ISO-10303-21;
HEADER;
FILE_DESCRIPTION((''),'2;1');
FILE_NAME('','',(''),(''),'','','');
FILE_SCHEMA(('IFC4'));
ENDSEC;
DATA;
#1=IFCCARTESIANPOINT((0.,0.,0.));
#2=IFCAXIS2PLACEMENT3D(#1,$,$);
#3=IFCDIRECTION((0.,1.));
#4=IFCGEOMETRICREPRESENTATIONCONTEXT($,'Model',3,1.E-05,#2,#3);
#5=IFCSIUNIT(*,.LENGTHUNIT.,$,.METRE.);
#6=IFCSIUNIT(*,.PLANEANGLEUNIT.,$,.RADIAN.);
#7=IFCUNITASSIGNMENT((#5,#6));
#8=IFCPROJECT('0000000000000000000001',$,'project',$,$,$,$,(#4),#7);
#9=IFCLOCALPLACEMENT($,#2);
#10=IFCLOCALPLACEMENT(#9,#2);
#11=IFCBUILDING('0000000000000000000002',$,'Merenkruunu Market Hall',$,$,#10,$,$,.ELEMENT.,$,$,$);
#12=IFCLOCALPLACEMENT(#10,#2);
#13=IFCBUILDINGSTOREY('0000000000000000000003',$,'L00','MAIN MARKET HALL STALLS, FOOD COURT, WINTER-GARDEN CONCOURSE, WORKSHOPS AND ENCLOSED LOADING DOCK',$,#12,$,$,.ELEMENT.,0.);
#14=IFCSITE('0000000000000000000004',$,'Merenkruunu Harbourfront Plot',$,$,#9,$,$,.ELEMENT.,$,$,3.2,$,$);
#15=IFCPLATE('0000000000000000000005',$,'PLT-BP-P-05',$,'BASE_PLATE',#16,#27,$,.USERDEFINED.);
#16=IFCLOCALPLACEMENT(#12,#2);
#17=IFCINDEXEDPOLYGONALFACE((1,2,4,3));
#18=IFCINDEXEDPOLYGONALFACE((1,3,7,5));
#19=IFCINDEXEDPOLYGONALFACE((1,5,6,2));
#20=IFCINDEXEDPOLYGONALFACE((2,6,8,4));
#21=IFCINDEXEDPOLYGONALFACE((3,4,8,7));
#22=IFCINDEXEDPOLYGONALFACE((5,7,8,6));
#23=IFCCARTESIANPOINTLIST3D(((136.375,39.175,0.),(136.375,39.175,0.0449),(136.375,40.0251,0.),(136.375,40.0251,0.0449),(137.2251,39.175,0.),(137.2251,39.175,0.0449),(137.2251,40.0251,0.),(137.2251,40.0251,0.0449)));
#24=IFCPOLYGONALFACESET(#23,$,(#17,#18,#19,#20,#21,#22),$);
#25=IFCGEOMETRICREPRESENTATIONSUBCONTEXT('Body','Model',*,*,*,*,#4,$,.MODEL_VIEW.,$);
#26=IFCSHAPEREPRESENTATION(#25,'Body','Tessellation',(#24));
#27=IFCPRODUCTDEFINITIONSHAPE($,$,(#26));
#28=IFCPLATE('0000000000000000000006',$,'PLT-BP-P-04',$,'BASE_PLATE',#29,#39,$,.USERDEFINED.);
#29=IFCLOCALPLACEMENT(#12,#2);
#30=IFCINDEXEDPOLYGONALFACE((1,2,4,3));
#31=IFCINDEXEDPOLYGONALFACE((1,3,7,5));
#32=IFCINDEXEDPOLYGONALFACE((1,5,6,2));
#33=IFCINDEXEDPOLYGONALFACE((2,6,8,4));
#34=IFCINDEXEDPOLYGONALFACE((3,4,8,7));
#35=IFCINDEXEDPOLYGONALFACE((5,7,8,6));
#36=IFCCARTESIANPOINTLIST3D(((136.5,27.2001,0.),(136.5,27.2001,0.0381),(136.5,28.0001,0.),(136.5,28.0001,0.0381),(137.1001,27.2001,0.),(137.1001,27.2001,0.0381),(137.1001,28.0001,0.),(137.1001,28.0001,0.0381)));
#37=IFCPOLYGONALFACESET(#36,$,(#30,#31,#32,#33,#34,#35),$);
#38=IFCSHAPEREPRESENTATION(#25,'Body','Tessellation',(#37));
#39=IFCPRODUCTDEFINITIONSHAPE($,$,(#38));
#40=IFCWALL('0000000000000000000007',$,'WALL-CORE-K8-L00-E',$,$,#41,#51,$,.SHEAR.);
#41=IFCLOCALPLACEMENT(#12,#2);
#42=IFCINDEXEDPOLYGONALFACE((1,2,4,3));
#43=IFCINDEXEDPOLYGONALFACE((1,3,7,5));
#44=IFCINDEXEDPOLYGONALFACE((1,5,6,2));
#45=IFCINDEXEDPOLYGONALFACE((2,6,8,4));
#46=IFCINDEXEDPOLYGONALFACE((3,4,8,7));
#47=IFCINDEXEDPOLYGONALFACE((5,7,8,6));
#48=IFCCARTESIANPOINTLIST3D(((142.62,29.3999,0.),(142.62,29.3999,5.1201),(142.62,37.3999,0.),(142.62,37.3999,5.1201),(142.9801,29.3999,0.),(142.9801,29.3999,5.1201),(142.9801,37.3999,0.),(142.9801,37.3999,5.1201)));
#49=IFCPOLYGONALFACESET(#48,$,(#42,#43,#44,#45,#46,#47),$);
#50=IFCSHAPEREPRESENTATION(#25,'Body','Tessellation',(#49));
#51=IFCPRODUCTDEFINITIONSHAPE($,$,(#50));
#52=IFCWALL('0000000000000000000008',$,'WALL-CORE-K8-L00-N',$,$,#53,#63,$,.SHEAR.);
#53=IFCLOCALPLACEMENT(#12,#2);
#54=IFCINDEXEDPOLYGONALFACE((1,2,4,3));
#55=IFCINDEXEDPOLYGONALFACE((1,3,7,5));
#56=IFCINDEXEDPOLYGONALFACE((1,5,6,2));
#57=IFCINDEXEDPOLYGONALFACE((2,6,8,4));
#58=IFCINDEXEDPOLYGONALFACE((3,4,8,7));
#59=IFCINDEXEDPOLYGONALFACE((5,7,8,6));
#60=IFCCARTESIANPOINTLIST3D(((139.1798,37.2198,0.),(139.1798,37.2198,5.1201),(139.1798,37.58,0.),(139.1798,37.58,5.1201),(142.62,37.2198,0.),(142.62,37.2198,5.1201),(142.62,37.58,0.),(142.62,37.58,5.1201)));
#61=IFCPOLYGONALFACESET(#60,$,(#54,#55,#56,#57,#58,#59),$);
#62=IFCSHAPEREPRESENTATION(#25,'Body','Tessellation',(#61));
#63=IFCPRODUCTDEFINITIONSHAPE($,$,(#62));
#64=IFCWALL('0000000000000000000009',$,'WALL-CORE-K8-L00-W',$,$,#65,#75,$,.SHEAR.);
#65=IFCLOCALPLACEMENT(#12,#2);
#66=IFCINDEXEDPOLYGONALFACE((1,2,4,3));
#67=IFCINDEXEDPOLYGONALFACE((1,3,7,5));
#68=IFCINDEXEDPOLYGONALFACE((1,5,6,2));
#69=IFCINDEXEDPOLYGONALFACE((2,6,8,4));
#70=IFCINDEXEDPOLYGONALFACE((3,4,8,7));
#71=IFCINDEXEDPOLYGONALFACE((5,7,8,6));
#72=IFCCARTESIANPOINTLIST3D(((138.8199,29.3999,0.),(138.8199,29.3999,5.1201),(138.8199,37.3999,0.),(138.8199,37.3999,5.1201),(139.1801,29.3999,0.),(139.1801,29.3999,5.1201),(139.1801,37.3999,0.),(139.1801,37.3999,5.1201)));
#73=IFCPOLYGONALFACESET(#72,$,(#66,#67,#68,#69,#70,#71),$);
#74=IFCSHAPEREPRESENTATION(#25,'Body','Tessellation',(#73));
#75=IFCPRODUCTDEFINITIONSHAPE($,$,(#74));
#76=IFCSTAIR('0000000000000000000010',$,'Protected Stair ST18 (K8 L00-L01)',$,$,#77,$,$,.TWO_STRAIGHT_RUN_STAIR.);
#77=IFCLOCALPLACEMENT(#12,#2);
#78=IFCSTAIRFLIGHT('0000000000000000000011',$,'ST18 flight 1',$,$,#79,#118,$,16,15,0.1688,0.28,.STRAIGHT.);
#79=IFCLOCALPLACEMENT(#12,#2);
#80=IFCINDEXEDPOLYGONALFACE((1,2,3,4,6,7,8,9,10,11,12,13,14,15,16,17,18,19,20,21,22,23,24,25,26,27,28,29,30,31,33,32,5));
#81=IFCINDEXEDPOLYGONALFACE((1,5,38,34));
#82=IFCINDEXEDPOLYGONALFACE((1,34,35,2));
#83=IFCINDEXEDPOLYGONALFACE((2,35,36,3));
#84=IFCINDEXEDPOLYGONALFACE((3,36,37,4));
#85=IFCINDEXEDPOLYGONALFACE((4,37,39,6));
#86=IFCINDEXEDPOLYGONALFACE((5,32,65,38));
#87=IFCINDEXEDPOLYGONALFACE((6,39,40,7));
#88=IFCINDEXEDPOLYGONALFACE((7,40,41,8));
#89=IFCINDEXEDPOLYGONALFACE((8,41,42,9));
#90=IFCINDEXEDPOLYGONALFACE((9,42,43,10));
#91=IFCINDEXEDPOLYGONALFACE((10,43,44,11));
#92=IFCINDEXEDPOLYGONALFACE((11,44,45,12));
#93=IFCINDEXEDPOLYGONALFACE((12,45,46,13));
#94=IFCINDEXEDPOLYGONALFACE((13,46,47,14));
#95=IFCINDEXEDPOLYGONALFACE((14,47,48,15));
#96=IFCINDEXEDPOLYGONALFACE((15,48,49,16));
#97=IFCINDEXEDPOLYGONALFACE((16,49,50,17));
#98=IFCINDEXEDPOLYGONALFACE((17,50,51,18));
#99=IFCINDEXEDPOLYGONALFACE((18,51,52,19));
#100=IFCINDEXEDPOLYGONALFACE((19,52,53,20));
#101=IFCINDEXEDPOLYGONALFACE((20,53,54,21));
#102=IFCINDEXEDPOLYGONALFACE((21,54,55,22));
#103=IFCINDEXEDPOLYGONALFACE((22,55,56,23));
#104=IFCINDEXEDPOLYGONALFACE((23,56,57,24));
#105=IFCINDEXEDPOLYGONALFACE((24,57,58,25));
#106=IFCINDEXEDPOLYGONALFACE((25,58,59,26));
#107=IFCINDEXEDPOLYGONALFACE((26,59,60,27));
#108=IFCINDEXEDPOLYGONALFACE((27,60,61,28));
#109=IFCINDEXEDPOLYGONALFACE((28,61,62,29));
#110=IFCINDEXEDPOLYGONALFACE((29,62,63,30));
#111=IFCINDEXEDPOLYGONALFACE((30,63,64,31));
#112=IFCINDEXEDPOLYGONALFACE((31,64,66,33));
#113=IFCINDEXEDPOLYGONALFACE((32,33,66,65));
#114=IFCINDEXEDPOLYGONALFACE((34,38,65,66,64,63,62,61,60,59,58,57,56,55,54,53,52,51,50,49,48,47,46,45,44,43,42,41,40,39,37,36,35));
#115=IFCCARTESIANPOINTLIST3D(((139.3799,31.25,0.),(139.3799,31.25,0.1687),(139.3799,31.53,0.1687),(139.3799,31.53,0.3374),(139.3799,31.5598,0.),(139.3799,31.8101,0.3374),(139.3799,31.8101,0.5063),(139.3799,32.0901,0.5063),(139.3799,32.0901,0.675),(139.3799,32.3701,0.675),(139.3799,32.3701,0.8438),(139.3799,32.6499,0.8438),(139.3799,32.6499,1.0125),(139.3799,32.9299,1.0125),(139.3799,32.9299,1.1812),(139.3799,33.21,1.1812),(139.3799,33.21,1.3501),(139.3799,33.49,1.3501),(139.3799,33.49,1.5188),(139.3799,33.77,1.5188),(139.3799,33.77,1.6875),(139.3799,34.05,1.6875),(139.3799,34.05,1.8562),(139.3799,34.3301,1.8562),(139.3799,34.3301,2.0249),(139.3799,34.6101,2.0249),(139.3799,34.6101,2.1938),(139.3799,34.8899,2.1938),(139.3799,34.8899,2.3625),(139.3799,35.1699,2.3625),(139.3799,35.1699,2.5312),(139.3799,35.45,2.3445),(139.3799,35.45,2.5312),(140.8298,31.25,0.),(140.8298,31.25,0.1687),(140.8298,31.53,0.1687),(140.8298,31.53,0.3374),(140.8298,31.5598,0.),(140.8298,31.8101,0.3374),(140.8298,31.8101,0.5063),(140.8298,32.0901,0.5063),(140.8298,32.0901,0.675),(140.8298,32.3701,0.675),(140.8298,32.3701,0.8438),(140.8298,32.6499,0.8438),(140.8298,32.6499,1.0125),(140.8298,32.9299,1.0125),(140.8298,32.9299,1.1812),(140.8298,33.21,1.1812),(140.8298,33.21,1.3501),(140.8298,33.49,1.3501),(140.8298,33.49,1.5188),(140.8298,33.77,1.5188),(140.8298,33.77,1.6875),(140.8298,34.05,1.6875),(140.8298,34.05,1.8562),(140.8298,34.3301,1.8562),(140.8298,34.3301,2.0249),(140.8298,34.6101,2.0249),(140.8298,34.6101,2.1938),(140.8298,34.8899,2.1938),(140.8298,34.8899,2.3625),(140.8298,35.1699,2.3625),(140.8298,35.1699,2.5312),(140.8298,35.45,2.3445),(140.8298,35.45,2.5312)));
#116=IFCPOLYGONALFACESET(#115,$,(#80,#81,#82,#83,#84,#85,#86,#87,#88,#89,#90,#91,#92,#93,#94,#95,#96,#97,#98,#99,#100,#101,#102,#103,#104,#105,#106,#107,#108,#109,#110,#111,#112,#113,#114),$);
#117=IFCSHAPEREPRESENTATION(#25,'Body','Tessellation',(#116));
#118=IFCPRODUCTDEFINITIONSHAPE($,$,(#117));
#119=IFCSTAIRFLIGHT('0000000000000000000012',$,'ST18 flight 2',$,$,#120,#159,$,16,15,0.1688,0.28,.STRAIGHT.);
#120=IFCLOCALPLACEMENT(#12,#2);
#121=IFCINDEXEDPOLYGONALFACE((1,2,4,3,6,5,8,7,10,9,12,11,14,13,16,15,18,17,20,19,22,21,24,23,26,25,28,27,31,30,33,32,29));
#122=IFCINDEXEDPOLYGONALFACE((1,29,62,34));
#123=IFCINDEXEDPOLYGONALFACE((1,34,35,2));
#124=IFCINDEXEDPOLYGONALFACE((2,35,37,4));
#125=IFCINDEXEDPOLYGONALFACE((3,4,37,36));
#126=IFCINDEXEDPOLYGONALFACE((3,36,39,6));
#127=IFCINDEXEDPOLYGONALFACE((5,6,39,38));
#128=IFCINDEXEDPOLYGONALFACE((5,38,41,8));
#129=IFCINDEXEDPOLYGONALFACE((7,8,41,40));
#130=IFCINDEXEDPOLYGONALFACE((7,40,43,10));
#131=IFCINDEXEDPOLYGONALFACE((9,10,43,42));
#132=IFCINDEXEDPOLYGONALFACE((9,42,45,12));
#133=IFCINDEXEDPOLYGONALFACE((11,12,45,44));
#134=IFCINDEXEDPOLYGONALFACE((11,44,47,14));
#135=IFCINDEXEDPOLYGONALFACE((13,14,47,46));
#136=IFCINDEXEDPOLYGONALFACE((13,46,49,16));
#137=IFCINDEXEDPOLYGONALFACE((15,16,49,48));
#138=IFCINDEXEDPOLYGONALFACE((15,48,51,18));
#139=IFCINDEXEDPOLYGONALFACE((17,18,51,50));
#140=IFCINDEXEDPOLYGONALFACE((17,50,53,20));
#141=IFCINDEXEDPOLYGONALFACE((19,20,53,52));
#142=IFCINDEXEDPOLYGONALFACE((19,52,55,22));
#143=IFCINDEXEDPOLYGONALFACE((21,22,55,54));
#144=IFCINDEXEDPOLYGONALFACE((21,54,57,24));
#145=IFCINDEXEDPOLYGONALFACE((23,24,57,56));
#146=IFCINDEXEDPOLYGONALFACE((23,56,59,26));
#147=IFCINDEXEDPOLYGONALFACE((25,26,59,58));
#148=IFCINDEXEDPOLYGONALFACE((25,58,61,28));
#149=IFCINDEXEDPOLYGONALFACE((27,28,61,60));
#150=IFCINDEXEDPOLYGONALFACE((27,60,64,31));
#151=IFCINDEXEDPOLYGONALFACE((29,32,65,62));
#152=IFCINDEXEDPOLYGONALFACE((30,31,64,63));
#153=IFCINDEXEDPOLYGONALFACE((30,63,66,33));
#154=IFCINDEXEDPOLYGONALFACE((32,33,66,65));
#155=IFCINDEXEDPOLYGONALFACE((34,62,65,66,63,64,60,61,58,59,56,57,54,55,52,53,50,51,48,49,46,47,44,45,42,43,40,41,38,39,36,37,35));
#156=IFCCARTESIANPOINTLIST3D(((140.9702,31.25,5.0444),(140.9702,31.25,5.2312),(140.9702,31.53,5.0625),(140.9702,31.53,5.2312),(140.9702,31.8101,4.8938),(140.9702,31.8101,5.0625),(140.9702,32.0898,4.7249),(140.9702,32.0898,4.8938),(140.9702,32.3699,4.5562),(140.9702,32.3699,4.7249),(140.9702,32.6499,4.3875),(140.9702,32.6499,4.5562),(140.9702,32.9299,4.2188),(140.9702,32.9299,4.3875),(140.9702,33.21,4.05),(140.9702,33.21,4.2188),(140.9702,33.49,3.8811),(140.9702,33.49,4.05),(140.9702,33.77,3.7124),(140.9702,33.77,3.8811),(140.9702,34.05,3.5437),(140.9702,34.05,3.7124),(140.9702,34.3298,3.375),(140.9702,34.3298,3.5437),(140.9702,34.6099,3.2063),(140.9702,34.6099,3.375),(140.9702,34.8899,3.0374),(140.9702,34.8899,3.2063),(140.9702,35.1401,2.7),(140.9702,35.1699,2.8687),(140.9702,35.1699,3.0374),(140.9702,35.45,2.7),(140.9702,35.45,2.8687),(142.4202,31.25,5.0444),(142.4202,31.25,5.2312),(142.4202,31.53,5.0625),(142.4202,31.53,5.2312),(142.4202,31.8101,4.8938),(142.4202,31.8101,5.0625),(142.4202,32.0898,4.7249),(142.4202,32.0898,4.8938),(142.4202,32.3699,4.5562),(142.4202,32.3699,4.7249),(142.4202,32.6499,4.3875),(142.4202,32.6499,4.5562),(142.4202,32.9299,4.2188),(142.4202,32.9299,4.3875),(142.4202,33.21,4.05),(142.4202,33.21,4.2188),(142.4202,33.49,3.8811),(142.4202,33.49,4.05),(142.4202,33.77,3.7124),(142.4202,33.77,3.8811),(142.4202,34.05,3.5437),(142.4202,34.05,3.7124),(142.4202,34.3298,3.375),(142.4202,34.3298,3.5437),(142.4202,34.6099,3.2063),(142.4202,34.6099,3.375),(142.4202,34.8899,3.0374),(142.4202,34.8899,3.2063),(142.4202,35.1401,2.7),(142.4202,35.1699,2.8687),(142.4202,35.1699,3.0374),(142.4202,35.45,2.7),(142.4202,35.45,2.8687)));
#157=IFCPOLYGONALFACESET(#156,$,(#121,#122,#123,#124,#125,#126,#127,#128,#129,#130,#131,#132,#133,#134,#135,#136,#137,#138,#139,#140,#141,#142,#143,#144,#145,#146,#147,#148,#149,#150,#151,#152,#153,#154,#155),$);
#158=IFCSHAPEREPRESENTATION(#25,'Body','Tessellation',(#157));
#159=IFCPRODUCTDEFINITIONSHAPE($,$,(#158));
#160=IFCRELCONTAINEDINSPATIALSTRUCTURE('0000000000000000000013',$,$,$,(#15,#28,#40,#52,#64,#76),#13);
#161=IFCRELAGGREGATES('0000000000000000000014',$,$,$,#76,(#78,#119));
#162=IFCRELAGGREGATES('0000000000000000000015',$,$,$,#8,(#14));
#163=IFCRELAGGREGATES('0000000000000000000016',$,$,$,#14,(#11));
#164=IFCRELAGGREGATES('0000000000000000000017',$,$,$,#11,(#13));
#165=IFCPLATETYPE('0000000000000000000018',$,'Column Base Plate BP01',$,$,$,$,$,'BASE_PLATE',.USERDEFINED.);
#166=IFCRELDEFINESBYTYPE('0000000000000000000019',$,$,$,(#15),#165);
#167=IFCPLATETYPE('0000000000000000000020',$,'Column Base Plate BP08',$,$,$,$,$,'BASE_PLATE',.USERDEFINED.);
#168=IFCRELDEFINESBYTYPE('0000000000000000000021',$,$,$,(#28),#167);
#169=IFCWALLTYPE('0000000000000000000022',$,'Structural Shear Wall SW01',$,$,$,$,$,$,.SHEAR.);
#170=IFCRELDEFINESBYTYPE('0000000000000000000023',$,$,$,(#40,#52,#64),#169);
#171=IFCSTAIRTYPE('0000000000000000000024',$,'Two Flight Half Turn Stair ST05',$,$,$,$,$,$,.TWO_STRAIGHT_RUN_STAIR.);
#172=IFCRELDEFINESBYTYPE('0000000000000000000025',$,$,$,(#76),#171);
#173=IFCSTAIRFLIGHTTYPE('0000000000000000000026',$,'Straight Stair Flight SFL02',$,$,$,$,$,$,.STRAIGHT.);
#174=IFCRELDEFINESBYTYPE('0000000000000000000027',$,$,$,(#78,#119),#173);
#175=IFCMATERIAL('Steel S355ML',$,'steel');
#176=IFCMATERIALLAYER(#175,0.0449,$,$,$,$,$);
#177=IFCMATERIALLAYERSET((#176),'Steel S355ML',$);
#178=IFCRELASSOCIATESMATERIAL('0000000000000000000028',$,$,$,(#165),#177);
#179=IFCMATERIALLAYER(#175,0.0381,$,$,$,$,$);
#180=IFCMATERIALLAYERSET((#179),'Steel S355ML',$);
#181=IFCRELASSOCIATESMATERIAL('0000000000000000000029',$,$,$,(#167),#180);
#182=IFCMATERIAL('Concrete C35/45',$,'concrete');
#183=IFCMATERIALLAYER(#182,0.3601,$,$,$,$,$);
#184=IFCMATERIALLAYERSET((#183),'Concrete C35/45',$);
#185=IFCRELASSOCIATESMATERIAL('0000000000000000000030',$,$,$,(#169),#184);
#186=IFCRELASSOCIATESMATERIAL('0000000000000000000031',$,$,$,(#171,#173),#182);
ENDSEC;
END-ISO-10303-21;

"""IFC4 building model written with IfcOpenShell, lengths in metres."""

from ifc_helpers import new_model, si_unit, direction, frame, frame_2d, origin, origin_2d, place, context, subcontext, project, spatial, polyline, rectangle, outline, extrude, material, layer, layer_set, type_object, element, aggregate, save


model = new_model("IFC4")

# Units and contexts
model_context = context("Model", 3, precision=1e-05, world=origin(), true_north=direction((0.0, 1.0)))
body_context = subcontext(model_context, "Body", "Model", "MODEL_VIEW")
ifc_project = project(units=[si_unit("LENGTHUNIT", "METRE"), si_unit("PLANEANGLEUNIT", "RADIAN")], contexts=[model_context])

# Site, building, storey
site_placement = place(None, origin())
site = spatial("IfcSite", under=ifc_project, at=site_placement, Name="Merenkruunu Harbourfront Plot", CompositionType="ELEMENT", RefElevation=3.2)
building_placement = place(site_placement, origin())
building = spatial("IfcBuilding", under=site, at=building_placement, Name="Merenkruunu Market Hall", CompositionType="ELEMENT")
storey_placement = place(building_placement, origin())
storey = spatial("IfcBuildingStorey", under=building, at=storey_placement, Name="L00", Description="MAIN MARKET HALL STALLS, FOOD COURT, WINTER-GARDEN CONCOURSE, WORKSHOPS AND ENCLOSED LOADING DOCK", CompositionType="ELEMENT", Elevation=0.0)

# Plates
ifc_material_1 = material(Name="Steel S355ML", Category="steel")
ifc_layer_1 = layer(ifc_material_1, 0.0449)
ifc_layer_set_1 = layer_set([ifc_layer_1], Name="Steel S355ML")
plate_type_1 = type_object("IfcPlateType", Name="Column Base Plate BP01", ElementType="BASE_PLATE", PredefinedType="USERDEFINED", material=ifc_layer_set_1)
plate_1_placement = place(storey_placement, frame((136.8, 39.6001, 0.0), z_axis=(0.0, 0.0, 1.0), x_axis=(1.0, 0.0, 0.0)))
element("IfcPlate", 1, at=plate_1_placement, inside=storey, type_object=plate_type_1, Name="PLT-BP-P-05", ObjectType="BASE_PLATE", PredefinedType="USERDEFINED", context=body_context, shape_type="SweptSolid", body=[
    extrude(rectangle(XDim=0.8501, YDim=0.8501, at=origin_2d()), origin(), (0.0, 0.0, 1.0), 0.0449),
])
ifc_layer_2 = layer(ifc_material_1, 0.0381)
ifc_layer_set_2 = layer_set([ifc_layer_2], Name="Steel S355ML")
plate_type_2 = type_object("IfcPlateType", Name="Column Base Plate BP08", ElementType="BASE_PLATE", PredefinedType="USERDEFINED", material=ifc_layer_set_2)
plate_2_placement = place(storey_placement, frame((136.8, 27.6001, 0.0), z_axis=(0.0, 0.0, 1.0), x_axis=(1.0, 0.0, 0.0)))
element("IfcPlate", 2, at=plate_2_placement, inside=storey, type_object=plate_type_2, Name="PLT-BP-P-04", ObjectType="BASE_PLATE", PredefinedType="USERDEFINED", context=body_context, shape_type="SweptSolid", body=[
    extrude(rectangle(XDim=0.6001, YDim=0.8, at=origin_2d()), origin(), (0.0, 0.0, 1.0), 0.0381),
])

# Shared definitions
ifc_material_2 = material(Name="Concrete C35/45", Category="concrete")
ifc_layer_3 = layer(ifc_material_2, 0.3601)
ifc_layer_set_3 = layer_set([ifc_layer_3], Name="Concrete C35/45")
wall_type = type_object("IfcWallType", Name="Structural Shear Wall SW01", PredefinedType="SHEAR", material=ifc_layer_set_3)

# Walls
wall_1_placement = place(storey_placement, frame((142.8, 29.3999, 0.0), z_axis=(0.0, 0.0, 1.0), x_axis=(0.0, 1.0, 0.0)))
element("IfcWall", 3, at=wall_1_placement, inside=storey, type_object=wall_type, Name="WALL-CORE-K8-L00-E", PredefinedType="SHEAR", context=body_context, shape_type="SweptSolid", body=[
    extrude(rectangle(XDim=8.0, YDim=0.3601, at=frame_2d((4.0, 0.0))), origin(), (0.0, 0.0, 1.0), 5.1201),
])
wall_2_placement = place(storey_placement, frame((142.6201, 37.3999, 0.0), z_axis=(0.0, 0.0, 1.0), x_axis=(-1.0, 0.0, 0.0)))
element("IfcWall", 4, at=wall_2_placement, inside=storey, type_object=wall_type, Name="WALL-CORE-K8-L00-N", PredefinedType="SHEAR", context=body_context, shape_type="SweptSolid", body=[
    extrude(rectangle(XDim=3.4402, YDim=0.3601, at=frame_2d((1.7202, 0.0))), origin(), (0.0, 0.0, 1.0), 5.1201),
])
wall_3_placement = place(storey_placement, frame((139.0, 37.3999, 0.0), z_axis=(0.0, 0.0, 1.0), x_axis=(0.0, -1.0, 0.0)))
element("IfcWall", 5, at=wall_3_placement, inside=storey, type_object=wall_type, Name="WALL-CORE-K8-L00-W", PredefinedType="SHEAR", context=body_context, shape_type="SweptSolid", body=[
    extrude(rectangle(XDim=8.0, YDim=0.3601, at=frame_2d((4.0, 0.0))), origin(), (0.0, 0.0, 1.0), 5.1201),
])

# Stair, stair flights
stair_type = type_object("IfcStairType", Name="Two Flight Half Turn Stair ST05", PredefinedType="TWO_STRAIGHT_RUN_STAIR", material=ifc_material_2)
stair_placement = place(storey_placement, origin())
stair = element("IfcStair", 6, at=stair_placement, inside=storey, type_object=stair_type, Name="Protected Stair ST18 (K8 L00-L01)", PredefinedType="TWO_STRAIGHT_RUN_STAIR")
stair_flight_type = type_object("IfcStairFlightType", Name="Straight Stair Flight SFL02", PredefinedType="STRAIGHT", material=ifc_material_2)
stair_flight_1_placement = place(storey_placement, frame((140.105, 31.25, 0.0), z_axis=(0.0, 0.0, 1.0), x_axis=(0.0, 1.0, 0.0)))
stair_flight_1 = element("IfcStairFlight", 7, at=stair_flight_1_placement, type_object=stair_flight_type, Name="ST18 flight 1", NumberOfRisers=16, NumberOfTreads=15, PredefinedType="STRAIGHT", RiserHeight=0.1688, TreadLength=0.28, context=body_context, shape_type="SweptSolid", body=[
    extrude(outline(polyline([(0.0, 0.0), (0.0, 0.1687), (0.28, 0.1687), (0.28, 0.3374), (0.5601, 0.3374), (0.5601, 0.5063), (0.8401, 0.5063), (0.8401, 0.675), (1.1201, 0.675), (1.1201, 0.8438), (1.3999, 0.8438), (1.3999, 1.0125), (1.6799, 1.0125), (1.6799, 1.1812), (1.96, 1.1812), (1.96, 1.3501), (2.24, 1.3501), (2.24, 1.5188), (2.52, 1.5188), (2.52, 1.6875), (2.8, 1.6875), (2.8, 1.8562), (3.0801, 1.8562), (3.0801, 2.0249), (3.3601, 2.0249), (3.3601, 2.1938), (3.6399, 2.1938), (3.6399, 2.3625), (3.9199, 2.3625), (3.9199, 2.5312), (4.2, 2.5312), (4.2, 2.7), (4.2, 2.3445), (0.3098, 0.0), (0.0, 0.0)])), frame((0.0, 0.7251, 0.0), z_axis=(0.0, -1.0, 0.0), x_axis=(1.0, 0.0, 0.0)), (0.0, 0.0, 1.0), 1.45),
])
stair_flight_2_placement = place(storey_placement, frame((141.6951, 35.45, 2.7), z_axis=(0.0, 0.0, 1.0), x_axis=(0.0, -1.0, 0.0)))
stair_flight_2 = element("IfcStairFlight", 8, at=stair_flight_2_placement, type_object=stair_flight_type, Name="ST18 flight 2", NumberOfRisers=16, NumberOfTreads=15, PredefinedType="STRAIGHT", RiserHeight=0.1688, TreadLength=0.28, context=body_context, shape_type="SweptSolid", body=[
    extrude(outline(polyline([(0.0, 0.0), (0.0, 0.1687), (0.28, 0.1687), (0.28, 0.3374), (0.5601, 0.3374), (0.5601, 0.5063), (0.8401, 0.5063), (0.8401, 0.675), (1.1201, 0.675), (1.1201, 0.8438), (1.3999, 0.8438), (1.3999, 1.0125), (1.6799, 1.0125), (1.6799, 1.1812), (1.96, 1.1812), (1.96, 1.3501), (2.24, 1.3501), (2.24, 1.5188), (2.52, 1.5188), (2.52, 1.6875), (2.8, 1.6875), (2.8, 1.8562), (3.0801, 1.8562), (3.0801, 2.0249), (3.3601, 2.0249), (3.3601, 2.1938), (3.6399, 2.1938), (3.6399, 2.3625), (3.9199, 2.3625), (3.9199, 2.5312), (4.2, 2.5312), (4.2, 2.7), (4.2, 2.3445), (0.3098, 0.0), (0.0, 0.0)])), frame((0.0, 0.7251, 0.0), z_axis=(0.0, -1.0, 0.0), x_axis=(1.0, 0.0, 0.0)), (0.0, 0.0, 1.0), 1.45),
])
aggregate(stair, [stair_flight_1, stair_flight_2])

save(model, "model.ifc")
